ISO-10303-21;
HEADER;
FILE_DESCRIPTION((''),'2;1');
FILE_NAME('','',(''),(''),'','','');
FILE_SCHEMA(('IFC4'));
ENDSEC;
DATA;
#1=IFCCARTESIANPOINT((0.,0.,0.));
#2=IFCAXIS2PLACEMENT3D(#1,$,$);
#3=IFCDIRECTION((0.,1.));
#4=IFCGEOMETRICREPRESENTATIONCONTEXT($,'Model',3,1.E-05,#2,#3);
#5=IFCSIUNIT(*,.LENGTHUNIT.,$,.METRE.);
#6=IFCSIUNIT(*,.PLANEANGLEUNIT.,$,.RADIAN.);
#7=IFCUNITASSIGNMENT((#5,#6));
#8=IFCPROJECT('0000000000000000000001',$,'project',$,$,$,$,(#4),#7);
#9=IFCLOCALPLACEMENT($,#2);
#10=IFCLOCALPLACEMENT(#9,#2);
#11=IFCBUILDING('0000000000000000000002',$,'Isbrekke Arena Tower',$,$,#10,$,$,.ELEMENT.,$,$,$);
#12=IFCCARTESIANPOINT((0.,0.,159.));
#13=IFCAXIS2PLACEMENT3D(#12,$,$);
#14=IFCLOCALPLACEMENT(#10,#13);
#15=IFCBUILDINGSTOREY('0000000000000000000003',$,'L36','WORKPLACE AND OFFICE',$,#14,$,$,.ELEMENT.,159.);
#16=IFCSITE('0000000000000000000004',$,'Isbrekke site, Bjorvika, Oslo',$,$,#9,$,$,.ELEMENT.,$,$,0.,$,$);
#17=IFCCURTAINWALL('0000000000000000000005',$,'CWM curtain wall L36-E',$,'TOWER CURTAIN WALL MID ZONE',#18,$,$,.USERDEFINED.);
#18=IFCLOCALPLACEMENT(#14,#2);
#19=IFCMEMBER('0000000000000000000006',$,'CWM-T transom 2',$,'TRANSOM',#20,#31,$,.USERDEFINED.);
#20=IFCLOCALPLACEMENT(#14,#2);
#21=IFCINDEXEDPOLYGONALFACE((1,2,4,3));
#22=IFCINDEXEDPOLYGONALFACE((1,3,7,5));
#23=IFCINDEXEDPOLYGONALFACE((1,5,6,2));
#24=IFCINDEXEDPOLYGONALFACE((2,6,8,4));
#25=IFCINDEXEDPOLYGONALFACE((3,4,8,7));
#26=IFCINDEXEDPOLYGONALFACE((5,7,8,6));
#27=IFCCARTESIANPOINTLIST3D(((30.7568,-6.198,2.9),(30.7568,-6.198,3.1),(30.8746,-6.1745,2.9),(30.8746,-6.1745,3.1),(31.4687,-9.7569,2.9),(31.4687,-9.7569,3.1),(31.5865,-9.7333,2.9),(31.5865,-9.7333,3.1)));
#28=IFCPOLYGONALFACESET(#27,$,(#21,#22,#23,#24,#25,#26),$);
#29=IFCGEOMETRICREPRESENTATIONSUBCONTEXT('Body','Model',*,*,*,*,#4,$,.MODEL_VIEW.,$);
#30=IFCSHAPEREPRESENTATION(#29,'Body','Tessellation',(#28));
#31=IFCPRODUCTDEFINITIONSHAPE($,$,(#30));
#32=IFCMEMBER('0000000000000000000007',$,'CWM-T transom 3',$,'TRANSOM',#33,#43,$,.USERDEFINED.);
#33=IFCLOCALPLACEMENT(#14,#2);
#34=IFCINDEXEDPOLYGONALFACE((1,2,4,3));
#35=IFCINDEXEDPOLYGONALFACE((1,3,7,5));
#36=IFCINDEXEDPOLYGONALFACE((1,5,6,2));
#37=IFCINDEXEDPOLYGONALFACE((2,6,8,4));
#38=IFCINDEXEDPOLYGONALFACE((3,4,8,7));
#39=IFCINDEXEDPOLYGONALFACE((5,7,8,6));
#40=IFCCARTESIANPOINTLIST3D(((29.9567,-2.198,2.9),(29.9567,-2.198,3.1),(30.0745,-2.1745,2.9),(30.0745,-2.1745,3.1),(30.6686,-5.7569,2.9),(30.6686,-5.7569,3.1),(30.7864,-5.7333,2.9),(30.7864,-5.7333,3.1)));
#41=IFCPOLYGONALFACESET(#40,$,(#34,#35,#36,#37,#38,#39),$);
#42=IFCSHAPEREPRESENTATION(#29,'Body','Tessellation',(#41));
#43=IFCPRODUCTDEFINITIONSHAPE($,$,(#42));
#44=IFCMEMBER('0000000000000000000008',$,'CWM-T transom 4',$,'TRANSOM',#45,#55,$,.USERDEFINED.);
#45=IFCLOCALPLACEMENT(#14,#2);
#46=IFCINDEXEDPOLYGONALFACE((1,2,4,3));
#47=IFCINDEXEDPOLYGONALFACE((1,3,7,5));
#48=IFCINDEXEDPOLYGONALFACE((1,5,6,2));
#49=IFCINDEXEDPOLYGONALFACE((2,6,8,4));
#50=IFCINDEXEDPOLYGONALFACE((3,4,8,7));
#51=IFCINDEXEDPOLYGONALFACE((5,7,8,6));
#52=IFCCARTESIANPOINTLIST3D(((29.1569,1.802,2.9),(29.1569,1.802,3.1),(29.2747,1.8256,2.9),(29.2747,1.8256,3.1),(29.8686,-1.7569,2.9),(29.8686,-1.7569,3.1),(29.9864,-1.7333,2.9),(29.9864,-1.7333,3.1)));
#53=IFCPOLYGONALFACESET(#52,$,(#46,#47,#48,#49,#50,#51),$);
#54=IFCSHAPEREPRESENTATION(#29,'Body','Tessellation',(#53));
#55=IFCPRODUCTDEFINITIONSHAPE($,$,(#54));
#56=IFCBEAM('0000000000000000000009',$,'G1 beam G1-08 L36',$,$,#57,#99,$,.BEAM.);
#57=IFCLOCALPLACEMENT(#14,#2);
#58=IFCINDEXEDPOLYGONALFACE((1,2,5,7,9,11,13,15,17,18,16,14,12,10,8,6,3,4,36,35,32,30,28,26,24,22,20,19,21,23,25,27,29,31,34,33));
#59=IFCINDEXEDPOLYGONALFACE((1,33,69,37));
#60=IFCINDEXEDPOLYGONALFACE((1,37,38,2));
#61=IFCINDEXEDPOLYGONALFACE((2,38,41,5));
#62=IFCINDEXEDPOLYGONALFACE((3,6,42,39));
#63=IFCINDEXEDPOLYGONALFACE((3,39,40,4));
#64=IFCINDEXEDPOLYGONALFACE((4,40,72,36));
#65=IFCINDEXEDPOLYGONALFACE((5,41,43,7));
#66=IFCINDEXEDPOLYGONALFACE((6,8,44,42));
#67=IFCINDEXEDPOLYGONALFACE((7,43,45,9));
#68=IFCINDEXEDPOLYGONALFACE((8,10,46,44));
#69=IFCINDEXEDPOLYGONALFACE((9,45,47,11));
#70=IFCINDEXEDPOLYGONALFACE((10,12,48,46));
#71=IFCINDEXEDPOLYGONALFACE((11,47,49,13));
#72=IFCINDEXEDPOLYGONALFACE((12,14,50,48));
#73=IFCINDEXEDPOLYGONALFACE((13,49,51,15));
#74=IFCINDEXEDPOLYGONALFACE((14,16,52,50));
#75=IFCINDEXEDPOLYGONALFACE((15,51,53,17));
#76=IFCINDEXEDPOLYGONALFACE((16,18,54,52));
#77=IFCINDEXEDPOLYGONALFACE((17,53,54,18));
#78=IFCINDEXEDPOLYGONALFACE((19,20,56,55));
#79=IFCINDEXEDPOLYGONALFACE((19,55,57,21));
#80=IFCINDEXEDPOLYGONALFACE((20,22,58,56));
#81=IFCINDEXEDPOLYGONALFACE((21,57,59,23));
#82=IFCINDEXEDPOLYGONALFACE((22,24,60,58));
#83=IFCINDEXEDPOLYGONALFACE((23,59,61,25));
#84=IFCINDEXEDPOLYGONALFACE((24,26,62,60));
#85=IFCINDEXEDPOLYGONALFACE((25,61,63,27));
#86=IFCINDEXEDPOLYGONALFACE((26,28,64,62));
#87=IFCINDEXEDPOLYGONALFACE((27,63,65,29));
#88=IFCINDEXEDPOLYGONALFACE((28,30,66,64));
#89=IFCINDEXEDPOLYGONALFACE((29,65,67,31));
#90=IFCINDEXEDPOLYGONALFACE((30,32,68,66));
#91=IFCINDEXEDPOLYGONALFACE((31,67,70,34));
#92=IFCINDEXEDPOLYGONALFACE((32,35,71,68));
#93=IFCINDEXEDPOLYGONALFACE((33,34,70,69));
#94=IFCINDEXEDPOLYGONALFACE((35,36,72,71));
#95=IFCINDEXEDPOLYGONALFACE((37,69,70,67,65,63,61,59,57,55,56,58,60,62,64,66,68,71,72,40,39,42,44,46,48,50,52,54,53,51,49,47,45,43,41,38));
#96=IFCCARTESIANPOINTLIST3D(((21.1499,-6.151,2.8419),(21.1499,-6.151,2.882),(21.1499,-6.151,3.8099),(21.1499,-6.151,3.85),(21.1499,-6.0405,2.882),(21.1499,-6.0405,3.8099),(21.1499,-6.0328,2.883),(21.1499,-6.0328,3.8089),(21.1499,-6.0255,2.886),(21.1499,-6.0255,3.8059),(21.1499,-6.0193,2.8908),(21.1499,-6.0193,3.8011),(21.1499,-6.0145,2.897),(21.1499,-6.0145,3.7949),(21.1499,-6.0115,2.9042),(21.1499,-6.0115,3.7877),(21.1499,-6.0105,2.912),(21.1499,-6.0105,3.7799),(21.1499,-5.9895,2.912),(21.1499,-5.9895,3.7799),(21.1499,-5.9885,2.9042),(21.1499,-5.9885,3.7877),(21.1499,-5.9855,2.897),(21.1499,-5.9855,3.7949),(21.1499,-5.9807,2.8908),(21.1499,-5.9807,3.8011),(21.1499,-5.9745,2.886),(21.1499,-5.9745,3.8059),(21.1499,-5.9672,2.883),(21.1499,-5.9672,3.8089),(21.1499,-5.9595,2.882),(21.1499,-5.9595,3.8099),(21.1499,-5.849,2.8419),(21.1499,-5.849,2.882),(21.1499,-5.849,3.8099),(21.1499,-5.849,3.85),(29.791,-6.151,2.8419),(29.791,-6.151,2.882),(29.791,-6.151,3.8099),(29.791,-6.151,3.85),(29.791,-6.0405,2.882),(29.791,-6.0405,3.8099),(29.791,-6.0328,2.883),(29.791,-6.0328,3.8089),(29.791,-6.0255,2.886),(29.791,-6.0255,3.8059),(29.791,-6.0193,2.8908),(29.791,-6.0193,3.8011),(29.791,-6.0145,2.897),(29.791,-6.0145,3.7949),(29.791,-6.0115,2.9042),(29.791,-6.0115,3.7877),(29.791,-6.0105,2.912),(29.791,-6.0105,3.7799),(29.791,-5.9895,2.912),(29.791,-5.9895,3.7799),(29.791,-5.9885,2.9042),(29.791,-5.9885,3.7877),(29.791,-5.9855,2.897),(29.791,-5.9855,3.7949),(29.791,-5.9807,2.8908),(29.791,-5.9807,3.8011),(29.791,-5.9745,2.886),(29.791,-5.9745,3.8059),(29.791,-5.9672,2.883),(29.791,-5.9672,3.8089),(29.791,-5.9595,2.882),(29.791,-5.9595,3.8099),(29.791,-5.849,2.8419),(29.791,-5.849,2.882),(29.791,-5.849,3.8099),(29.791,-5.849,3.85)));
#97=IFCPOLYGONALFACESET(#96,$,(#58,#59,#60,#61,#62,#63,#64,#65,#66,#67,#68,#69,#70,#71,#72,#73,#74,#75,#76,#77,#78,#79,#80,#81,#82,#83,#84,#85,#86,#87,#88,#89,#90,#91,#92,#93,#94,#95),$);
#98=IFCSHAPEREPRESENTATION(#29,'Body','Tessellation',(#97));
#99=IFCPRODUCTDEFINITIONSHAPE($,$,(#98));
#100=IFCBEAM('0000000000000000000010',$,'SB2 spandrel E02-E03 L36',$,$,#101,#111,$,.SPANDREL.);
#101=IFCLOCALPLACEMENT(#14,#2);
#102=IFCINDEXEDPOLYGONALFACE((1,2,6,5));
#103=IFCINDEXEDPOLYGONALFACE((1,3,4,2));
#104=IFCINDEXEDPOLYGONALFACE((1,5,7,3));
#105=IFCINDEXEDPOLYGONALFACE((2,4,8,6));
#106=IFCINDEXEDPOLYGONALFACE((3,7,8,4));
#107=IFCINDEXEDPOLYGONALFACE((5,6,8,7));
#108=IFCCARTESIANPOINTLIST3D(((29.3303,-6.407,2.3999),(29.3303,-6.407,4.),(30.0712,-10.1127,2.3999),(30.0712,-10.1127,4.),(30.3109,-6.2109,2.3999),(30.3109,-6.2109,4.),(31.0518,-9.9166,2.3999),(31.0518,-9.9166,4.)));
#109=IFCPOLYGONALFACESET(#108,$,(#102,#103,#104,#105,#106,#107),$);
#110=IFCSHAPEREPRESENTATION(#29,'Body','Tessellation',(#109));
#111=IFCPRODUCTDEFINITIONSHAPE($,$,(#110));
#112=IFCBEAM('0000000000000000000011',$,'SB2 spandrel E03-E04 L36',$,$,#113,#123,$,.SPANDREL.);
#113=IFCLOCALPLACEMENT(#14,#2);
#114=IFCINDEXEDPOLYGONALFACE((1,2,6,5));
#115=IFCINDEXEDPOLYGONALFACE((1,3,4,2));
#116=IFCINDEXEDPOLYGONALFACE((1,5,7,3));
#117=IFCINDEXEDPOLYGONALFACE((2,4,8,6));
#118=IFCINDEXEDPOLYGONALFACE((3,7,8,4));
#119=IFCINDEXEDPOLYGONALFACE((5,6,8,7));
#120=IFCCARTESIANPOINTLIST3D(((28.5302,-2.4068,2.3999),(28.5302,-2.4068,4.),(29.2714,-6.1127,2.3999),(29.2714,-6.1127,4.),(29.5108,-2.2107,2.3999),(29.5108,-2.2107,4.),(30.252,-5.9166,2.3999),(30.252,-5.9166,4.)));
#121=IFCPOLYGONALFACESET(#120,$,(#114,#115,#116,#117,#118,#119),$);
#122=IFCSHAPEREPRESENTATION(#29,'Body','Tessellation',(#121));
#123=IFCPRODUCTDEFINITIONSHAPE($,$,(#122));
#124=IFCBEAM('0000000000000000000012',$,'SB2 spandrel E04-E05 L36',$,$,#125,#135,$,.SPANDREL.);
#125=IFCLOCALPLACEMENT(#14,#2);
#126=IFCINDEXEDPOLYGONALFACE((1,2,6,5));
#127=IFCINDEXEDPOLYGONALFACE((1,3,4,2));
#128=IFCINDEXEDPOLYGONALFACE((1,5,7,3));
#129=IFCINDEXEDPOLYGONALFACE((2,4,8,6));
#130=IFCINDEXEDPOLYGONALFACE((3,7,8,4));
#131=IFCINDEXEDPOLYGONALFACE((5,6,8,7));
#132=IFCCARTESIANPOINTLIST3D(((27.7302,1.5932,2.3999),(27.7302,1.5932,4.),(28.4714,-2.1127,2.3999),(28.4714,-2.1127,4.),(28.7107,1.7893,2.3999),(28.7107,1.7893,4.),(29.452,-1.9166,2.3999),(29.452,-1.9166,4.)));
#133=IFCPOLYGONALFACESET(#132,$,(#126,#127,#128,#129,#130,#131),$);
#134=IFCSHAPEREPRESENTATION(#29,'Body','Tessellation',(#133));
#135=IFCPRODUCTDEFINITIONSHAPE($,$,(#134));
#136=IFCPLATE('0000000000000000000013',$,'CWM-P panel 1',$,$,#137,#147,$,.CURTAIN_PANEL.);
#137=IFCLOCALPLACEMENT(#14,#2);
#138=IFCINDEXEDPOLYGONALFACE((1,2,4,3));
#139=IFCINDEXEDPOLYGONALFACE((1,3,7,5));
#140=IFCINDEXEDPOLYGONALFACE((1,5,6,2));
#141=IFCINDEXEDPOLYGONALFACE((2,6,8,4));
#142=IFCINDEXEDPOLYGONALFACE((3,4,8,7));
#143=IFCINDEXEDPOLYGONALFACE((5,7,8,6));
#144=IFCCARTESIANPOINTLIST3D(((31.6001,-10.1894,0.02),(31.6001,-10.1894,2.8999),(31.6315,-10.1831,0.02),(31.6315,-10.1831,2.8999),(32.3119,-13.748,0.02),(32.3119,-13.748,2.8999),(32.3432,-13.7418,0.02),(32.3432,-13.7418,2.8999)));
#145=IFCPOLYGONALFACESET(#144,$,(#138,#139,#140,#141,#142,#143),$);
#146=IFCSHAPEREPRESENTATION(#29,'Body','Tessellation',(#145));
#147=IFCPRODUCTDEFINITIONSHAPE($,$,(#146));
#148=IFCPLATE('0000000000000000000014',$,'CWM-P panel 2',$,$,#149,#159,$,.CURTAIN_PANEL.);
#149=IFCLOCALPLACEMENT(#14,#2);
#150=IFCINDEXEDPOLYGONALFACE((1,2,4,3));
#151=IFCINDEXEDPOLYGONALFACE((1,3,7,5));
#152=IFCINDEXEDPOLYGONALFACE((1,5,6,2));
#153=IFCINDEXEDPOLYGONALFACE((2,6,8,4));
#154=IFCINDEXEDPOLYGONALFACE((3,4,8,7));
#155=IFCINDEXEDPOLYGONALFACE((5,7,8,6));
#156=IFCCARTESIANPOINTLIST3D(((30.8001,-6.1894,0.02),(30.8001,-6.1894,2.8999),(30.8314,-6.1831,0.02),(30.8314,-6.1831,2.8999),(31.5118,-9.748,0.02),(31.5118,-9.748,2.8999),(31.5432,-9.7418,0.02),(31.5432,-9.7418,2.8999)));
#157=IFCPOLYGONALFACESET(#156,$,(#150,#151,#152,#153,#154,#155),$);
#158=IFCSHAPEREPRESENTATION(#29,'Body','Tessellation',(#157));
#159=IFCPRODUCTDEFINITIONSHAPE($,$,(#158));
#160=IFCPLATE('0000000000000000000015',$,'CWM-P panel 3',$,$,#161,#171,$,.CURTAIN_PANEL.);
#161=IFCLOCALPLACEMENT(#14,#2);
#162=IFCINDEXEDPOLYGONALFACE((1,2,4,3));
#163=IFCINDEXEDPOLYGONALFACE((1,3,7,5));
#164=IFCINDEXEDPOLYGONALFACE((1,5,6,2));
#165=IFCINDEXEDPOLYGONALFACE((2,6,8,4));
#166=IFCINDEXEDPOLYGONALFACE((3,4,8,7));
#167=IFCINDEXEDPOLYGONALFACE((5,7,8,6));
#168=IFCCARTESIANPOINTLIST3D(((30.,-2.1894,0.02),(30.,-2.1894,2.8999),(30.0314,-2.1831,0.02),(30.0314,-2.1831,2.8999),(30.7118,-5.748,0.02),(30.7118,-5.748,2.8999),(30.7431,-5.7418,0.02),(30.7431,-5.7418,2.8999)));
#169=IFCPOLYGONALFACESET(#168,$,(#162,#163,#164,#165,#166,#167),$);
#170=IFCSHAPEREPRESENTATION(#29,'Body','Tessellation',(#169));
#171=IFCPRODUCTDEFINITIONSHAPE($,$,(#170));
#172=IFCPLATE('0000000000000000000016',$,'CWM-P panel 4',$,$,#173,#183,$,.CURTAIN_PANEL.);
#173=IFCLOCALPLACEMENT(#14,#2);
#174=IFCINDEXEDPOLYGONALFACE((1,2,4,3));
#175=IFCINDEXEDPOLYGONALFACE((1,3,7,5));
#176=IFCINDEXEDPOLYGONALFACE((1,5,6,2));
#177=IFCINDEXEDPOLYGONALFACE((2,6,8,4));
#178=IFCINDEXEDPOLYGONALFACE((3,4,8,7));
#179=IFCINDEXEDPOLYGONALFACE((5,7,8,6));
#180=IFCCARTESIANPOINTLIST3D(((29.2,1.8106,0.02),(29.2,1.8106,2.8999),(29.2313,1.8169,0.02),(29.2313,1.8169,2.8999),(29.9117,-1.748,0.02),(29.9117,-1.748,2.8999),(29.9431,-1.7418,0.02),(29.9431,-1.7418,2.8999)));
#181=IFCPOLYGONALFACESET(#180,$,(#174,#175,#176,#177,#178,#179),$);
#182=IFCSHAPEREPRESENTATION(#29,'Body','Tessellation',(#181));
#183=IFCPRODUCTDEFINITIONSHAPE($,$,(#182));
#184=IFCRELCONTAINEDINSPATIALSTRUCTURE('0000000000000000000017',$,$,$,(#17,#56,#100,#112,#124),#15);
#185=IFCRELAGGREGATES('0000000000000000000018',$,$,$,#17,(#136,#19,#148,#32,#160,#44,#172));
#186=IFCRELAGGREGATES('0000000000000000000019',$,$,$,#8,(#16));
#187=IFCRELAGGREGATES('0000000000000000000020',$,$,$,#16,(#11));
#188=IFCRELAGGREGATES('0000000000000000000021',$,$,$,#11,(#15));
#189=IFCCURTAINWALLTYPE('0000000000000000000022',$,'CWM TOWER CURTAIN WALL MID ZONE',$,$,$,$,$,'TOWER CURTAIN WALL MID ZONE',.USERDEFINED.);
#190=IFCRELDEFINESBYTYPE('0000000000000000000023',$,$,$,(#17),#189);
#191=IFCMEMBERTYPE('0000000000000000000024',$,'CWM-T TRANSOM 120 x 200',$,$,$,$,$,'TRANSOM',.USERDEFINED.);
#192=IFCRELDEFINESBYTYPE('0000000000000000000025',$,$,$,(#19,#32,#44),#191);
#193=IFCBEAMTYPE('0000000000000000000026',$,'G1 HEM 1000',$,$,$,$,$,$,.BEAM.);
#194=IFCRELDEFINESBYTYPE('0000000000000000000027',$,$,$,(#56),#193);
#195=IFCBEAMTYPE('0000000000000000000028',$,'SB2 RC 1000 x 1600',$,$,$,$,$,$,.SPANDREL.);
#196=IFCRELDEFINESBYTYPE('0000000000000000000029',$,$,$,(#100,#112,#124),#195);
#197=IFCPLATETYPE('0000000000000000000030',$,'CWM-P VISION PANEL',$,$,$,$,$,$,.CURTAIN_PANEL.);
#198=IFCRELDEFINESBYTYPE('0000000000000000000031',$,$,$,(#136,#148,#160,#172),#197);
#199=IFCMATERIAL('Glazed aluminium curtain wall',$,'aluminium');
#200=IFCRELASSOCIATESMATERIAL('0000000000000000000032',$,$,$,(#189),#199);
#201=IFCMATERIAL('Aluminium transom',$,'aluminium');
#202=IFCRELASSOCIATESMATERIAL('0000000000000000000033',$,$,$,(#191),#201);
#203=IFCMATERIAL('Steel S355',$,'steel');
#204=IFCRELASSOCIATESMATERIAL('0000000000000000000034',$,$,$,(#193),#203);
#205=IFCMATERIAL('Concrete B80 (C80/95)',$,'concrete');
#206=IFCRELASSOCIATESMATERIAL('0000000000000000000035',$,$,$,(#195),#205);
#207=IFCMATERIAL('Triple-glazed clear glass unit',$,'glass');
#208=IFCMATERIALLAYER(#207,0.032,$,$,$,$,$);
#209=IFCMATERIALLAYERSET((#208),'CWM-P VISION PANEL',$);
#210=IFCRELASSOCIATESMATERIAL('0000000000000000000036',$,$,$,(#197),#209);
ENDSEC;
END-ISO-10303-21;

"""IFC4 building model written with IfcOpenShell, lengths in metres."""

from ifc_helpers import new_model, si_unit, direction, frame, origin, origin_2d, place, context, subcontext, project, spatial, rectangle, i_section, extrude, material, layer, layer_set, material_profile, profile_set, type_object, element, aggregate, save


model = new_model("IFC4")

# Units and contexts
model_context = context("Model", 3, precision=1e-05, world=origin(), true_north=direction((0.0, 1.0)))
body_context = subcontext(model_context, "Body", "Model", "MODEL_VIEW")
ifc_project = project(units=[si_unit("LENGTHUNIT", "METRE"), si_unit("PLANEANGLEUNIT", "RADIAN")], contexts=[model_context])

# Site, building, storey
site_placement = place(None, origin())
site = spatial("IfcSite", under=ifc_project, at=site_placement, Name="Isbrekke site, Bjorvika, Oslo", CompositionType="ELEMENT", RefElevation=0.0)
building_placement = place(site_placement, origin())
building = spatial("IfcBuilding", under=site, at=building_placement, Name="Isbrekke Arena Tower", CompositionType="ELEMENT")
storey_placement = place(building_placement, frame((0.0, 0.0, 159.0)))
storey = spatial("IfcBuildingStorey", under=building, at=storey_placement, Name="L36", Description="WORKPLACE AND OFFICE", CompositionType="ELEMENT", Elevation=159.0)

# Curtain wall, members
ifc_material_1 = material(Name="Glazed aluminium curtain wall", Category="aluminium")
curtain_wall_type = type_object("IfcCurtainWallType", Name="CWM TOWER CURTAIN WALL MID ZONE", ElementType="TOWER CURTAIN WALL MID ZONE", PredefinedType="USERDEFINED", material=ifc_material_1)
curtain_wall_placement = place(storey_placement, origin())
curtain_wall = element("IfcCurtainWall", 1, at=curtain_wall_placement, inside=storey, type_object=curtain_wall_type, Name="CWM curtain wall L36-E", ObjectType="TOWER CURTAIN WALL MID ZONE", PredefinedType="USERDEFINED")
ifc_material_2 = material(Name="Aluminium transom", Category="aluminium")
ifc_material_profile_1 = material_profile(ifc_material_2, rectangle(XDim=0.1201, YDim=0.2, at=origin_2d()), Name="TRANSOM 120X200")
ifc_profile_set_1 = profile_set([ifc_material_profile_1], Name="Aluminium transom")
member_type_1 = type_object("IfcMemberType", Name="CWM-T TRANSOM 120 x 200", ElementType="TRANSOM", PredefinedType="USERDEFINED", material=ifc_profile_set_1)
member_1_placement = place(storey_placement, frame((31.5276, -9.7451, 3.0), z_axis=(-0.196155, 0.980573, 0.0), x_axis=(-0.980573, -0.196155, 0.0)))
member_1 = element("IfcMember", 2, at=member_1_placement, type_object=member_type_1, Name="CWM-T transom 2", ObjectType="TRANSOM", PredefinedType="USERDEFINED", context=body_context, shape_type="SweptSolid", body=[
    extrude(rectangle(XDim=0.1201, YDim=0.2, at=origin_2d()), origin(), (0.0, 0.0, 1.0), 3.6294),
])
member_2_placement = place(storey_placement, frame((30.7275, -5.7451, 3.0), z_axis=(-0.196155, 0.980573, 0.0), x_axis=(-0.980573, -0.196155, 0.0)))
member_2 = element("IfcMember", 3, at=member_2_placement, type_object=member_type_1, Name="CWM-T transom 3", ObjectType="TRANSOM", PredefinedType="USERDEFINED", context=body_context, shape_type="SweptSolid", body=[
    extrude(rectangle(XDim=0.1201, YDim=0.2, at=origin_2d()), origin(), (0.0, 0.0, 1.0), 3.6294),
])
member_3_placement = place(storey_placement, frame((29.9275, -1.7451, 3.0), z_axis=(-0.19609, 0.980586, 0.0), x_axis=(-0.980586, -0.19609, 0.0)))
member_3 = element("IfcMember", 4, at=member_3_placement, type_object=member_type_1, Name="CWM-T transom 4", ObjectType="TRANSOM", PredefinedType="USERDEFINED", context=body_context, shape_type="SweptSolid", body=[
    extrude(rectangle(XDim=0.1201, YDim=0.2, at=origin_2d()), origin(), (0.0, 0.0, 1.0), 3.6294),
])

# Beams
ifc_material_3 = material(Name="Steel S355", Category="steel")
ifc_material_profile_2 = material_profile(ifc_material_3, i_section(OverallWidth=0.302, OverallDepth=1.0081, WebThickness=0.021, FlangeThickness=0.04, FilletRadius=0.03, at=origin_2d()), Name="HEM 1000")
ifc_profile_set_2 = profile_set([ifc_material_profile_2], Name="Steel S355")
beam_type_1 = type_object("IfcBeamType", Name="G1 HEM 1000", PredefinedType="BEAM", material=ifc_profile_set_2)
beam_1_placement = place(storey_placement, frame((21.1499, -6.0, 3.3459), z_axis=(1.0, 0.0, 0.0), x_axis=(0.0, 1.0, 0.0)))
element("IfcBeam", 5, at=beam_1_placement, inside=storey, type_object=beam_type_1, Name="G1 beam G1-08 L36", PredefinedType="BEAM", context=body_context, shape_type="SweptSolid", body=[
    extrude(i_section(OverallWidth=0.302, OverallDepth=1.0081, WebThickness=0.021, FlangeThickness=0.04, FilletRadius=0.03, at=origin_2d()), origin(), (0.0, 0.0, 1.0), 8.6411),
])
ifc_material_4 = material(Name="Concrete B80 (C80/95)", Category="concrete")
ifc_material_profile_3 = material_profile(ifc_material_4, rectangle(XDim=1.0, YDim=1.6001, at=origin_2d()), Name="RC 1000x1600")
ifc_profile_set_3 = profile_set([ifc_material_profile_3], Name="Concrete B80 (C80/95)")
beam_type_2 = type_object("IfcBeamType", Name="SB2 RC 1000 x 1600", PredefinedType="SPANDREL", material=ifc_profile_set_3)
beam_2_placement = place(storey_placement, frame((30.5615, -10.0146, 3.2), z_axis=(-0.196066, 0.980591, 0.0), x_axis=(-0.980591, -0.196066, 0.0)))
element("IfcBeam", 6, at=beam_2_placement, inside=storey, type_object=beam_type_2, Name="SB2 spandrel E02-E03 L36", PredefinedType="SPANDREL", context=body_context, shape_type="SweptSolid", body=[
    extrude(rectangle(XDim=1.0, YDim=1.6001, at=origin_2d()), origin(), (0.0, 0.0, 1.0), 3.7791),
])
for number, where, z_axis, x_axis, name in (
    (7, (29.7617, -6.0146, 3.2), (-0.196129, 0.980578, 0.0), (-0.980578, -0.196129, 0.0), "SB2 spandrel E03-E04 L36"),
    (8, (28.9617, -2.0146, 3.2), (-0.196129, 0.980578, 0.0), (-0.980578, -0.196129, 0.0), "SB2 spandrel E04-E05 L36"),
):
    element("IfcBeam", number, at=place(storey_placement, frame(where, z_axis=z_axis, x_axis=x_axis)), inside=storey, type_object=beam_type_2, Name=name, PredefinedType="SPANDREL", context=body_context, shape_type="SweptSolid", body=[
        extrude(rectangle(XDim=1.0, YDim=1.6001, at=origin_2d()), origin(), (0.0, 0.0, 1.0), 3.7793),
    ])

# Plates
ifc_material_5 = material(Name="Triple-glazed clear glass unit", Category="glass")
ifc_layer_1 = layer(ifc_material_5, 0.032)
ifc_layer_set_1 = layer_set([ifc_layer_1], Name="CWM-P VISION PANEL")
plate_type = type_object("IfcPlateType", Name="CWM-P VISION PANEL", PredefinedType="CURTAIN_PANEL", material=ifc_layer_set_1)
plate_1_placement = place(storey_placement, frame((31.9717, -11.9656, 0.02), z_axis=(0.0, 0.0, 1.0), x_axis=(-0.196116, 0.980581, 0.0)))
plate_1 = element("IfcPlate", 9, at=plate_1_placement, type_object=plate_type, Name="CWM-P panel 1", PredefinedType="CURTAIN_PANEL", context=body_context, shape_type="SweptSolid", body=[
    extrude(rectangle(XDim=3.6292, YDim=0.032, at=origin_2d()), origin(), (0.0, 0.0, 1.0), 2.8799),
])
plate_2_placement = place(storey_placement, frame((31.1716, -7.9656, 0.02), z_axis=(0.0, 0.0, 1.0), x_axis=(-0.196116, 0.980581, 0.0)))
plate_2 = element("IfcPlate", 10, at=plate_2_placement, type_object=plate_type, Name="CWM-P panel 2", PredefinedType="CURTAIN_PANEL", context=body_context, shape_type="SweptSolid", body=[
    extrude(rectangle(XDim=3.6292, YDim=0.032, at=origin_2d()), origin(), (0.0, 0.0, 1.0), 2.8799),
])
plate_3_placement = place(storey_placement, frame((30.3716, -3.9656, 0.02), z_axis=(0.0, 0.0, 1.0), x_axis=(-0.196116, 0.980581, 0.0)))
plate_3 = element("IfcPlate", 11, at=plate_3_placement, type_object=plate_type, Name="CWM-P panel 3", PredefinedType="CURTAIN_PANEL", context=body_context, shape_type="SweptSolid", body=[
    extrude(rectangle(XDim=3.6292, YDim=0.032, at=origin_2d()), origin(), (0.0, 0.0, 1.0), 2.8799),
])
plate_4_placement = place(storey_placement, frame((29.5715, 0.0344, 0.02), z_axis=(0.0, 0.0, 1.0), x_axis=(-0.196116, 0.980581, 0.0)))
plate_4 = element("IfcPlate", 12, at=plate_4_placement, type_object=plate_type, Name="CWM-P panel 4", PredefinedType="CURTAIN_PANEL", context=body_context, shape_type="SweptSolid", body=[
    extrude(rectangle(XDim=3.6292, YDim=0.032, at=origin_2d()), origin(), (0.0, 0.0, 1.0), 2.8799),
])
aggregate(curtain_wall, [plate_1, member_1, plate_2, member_2, plate_3, member_3, plate_4])

save(model, "model.ifc")
